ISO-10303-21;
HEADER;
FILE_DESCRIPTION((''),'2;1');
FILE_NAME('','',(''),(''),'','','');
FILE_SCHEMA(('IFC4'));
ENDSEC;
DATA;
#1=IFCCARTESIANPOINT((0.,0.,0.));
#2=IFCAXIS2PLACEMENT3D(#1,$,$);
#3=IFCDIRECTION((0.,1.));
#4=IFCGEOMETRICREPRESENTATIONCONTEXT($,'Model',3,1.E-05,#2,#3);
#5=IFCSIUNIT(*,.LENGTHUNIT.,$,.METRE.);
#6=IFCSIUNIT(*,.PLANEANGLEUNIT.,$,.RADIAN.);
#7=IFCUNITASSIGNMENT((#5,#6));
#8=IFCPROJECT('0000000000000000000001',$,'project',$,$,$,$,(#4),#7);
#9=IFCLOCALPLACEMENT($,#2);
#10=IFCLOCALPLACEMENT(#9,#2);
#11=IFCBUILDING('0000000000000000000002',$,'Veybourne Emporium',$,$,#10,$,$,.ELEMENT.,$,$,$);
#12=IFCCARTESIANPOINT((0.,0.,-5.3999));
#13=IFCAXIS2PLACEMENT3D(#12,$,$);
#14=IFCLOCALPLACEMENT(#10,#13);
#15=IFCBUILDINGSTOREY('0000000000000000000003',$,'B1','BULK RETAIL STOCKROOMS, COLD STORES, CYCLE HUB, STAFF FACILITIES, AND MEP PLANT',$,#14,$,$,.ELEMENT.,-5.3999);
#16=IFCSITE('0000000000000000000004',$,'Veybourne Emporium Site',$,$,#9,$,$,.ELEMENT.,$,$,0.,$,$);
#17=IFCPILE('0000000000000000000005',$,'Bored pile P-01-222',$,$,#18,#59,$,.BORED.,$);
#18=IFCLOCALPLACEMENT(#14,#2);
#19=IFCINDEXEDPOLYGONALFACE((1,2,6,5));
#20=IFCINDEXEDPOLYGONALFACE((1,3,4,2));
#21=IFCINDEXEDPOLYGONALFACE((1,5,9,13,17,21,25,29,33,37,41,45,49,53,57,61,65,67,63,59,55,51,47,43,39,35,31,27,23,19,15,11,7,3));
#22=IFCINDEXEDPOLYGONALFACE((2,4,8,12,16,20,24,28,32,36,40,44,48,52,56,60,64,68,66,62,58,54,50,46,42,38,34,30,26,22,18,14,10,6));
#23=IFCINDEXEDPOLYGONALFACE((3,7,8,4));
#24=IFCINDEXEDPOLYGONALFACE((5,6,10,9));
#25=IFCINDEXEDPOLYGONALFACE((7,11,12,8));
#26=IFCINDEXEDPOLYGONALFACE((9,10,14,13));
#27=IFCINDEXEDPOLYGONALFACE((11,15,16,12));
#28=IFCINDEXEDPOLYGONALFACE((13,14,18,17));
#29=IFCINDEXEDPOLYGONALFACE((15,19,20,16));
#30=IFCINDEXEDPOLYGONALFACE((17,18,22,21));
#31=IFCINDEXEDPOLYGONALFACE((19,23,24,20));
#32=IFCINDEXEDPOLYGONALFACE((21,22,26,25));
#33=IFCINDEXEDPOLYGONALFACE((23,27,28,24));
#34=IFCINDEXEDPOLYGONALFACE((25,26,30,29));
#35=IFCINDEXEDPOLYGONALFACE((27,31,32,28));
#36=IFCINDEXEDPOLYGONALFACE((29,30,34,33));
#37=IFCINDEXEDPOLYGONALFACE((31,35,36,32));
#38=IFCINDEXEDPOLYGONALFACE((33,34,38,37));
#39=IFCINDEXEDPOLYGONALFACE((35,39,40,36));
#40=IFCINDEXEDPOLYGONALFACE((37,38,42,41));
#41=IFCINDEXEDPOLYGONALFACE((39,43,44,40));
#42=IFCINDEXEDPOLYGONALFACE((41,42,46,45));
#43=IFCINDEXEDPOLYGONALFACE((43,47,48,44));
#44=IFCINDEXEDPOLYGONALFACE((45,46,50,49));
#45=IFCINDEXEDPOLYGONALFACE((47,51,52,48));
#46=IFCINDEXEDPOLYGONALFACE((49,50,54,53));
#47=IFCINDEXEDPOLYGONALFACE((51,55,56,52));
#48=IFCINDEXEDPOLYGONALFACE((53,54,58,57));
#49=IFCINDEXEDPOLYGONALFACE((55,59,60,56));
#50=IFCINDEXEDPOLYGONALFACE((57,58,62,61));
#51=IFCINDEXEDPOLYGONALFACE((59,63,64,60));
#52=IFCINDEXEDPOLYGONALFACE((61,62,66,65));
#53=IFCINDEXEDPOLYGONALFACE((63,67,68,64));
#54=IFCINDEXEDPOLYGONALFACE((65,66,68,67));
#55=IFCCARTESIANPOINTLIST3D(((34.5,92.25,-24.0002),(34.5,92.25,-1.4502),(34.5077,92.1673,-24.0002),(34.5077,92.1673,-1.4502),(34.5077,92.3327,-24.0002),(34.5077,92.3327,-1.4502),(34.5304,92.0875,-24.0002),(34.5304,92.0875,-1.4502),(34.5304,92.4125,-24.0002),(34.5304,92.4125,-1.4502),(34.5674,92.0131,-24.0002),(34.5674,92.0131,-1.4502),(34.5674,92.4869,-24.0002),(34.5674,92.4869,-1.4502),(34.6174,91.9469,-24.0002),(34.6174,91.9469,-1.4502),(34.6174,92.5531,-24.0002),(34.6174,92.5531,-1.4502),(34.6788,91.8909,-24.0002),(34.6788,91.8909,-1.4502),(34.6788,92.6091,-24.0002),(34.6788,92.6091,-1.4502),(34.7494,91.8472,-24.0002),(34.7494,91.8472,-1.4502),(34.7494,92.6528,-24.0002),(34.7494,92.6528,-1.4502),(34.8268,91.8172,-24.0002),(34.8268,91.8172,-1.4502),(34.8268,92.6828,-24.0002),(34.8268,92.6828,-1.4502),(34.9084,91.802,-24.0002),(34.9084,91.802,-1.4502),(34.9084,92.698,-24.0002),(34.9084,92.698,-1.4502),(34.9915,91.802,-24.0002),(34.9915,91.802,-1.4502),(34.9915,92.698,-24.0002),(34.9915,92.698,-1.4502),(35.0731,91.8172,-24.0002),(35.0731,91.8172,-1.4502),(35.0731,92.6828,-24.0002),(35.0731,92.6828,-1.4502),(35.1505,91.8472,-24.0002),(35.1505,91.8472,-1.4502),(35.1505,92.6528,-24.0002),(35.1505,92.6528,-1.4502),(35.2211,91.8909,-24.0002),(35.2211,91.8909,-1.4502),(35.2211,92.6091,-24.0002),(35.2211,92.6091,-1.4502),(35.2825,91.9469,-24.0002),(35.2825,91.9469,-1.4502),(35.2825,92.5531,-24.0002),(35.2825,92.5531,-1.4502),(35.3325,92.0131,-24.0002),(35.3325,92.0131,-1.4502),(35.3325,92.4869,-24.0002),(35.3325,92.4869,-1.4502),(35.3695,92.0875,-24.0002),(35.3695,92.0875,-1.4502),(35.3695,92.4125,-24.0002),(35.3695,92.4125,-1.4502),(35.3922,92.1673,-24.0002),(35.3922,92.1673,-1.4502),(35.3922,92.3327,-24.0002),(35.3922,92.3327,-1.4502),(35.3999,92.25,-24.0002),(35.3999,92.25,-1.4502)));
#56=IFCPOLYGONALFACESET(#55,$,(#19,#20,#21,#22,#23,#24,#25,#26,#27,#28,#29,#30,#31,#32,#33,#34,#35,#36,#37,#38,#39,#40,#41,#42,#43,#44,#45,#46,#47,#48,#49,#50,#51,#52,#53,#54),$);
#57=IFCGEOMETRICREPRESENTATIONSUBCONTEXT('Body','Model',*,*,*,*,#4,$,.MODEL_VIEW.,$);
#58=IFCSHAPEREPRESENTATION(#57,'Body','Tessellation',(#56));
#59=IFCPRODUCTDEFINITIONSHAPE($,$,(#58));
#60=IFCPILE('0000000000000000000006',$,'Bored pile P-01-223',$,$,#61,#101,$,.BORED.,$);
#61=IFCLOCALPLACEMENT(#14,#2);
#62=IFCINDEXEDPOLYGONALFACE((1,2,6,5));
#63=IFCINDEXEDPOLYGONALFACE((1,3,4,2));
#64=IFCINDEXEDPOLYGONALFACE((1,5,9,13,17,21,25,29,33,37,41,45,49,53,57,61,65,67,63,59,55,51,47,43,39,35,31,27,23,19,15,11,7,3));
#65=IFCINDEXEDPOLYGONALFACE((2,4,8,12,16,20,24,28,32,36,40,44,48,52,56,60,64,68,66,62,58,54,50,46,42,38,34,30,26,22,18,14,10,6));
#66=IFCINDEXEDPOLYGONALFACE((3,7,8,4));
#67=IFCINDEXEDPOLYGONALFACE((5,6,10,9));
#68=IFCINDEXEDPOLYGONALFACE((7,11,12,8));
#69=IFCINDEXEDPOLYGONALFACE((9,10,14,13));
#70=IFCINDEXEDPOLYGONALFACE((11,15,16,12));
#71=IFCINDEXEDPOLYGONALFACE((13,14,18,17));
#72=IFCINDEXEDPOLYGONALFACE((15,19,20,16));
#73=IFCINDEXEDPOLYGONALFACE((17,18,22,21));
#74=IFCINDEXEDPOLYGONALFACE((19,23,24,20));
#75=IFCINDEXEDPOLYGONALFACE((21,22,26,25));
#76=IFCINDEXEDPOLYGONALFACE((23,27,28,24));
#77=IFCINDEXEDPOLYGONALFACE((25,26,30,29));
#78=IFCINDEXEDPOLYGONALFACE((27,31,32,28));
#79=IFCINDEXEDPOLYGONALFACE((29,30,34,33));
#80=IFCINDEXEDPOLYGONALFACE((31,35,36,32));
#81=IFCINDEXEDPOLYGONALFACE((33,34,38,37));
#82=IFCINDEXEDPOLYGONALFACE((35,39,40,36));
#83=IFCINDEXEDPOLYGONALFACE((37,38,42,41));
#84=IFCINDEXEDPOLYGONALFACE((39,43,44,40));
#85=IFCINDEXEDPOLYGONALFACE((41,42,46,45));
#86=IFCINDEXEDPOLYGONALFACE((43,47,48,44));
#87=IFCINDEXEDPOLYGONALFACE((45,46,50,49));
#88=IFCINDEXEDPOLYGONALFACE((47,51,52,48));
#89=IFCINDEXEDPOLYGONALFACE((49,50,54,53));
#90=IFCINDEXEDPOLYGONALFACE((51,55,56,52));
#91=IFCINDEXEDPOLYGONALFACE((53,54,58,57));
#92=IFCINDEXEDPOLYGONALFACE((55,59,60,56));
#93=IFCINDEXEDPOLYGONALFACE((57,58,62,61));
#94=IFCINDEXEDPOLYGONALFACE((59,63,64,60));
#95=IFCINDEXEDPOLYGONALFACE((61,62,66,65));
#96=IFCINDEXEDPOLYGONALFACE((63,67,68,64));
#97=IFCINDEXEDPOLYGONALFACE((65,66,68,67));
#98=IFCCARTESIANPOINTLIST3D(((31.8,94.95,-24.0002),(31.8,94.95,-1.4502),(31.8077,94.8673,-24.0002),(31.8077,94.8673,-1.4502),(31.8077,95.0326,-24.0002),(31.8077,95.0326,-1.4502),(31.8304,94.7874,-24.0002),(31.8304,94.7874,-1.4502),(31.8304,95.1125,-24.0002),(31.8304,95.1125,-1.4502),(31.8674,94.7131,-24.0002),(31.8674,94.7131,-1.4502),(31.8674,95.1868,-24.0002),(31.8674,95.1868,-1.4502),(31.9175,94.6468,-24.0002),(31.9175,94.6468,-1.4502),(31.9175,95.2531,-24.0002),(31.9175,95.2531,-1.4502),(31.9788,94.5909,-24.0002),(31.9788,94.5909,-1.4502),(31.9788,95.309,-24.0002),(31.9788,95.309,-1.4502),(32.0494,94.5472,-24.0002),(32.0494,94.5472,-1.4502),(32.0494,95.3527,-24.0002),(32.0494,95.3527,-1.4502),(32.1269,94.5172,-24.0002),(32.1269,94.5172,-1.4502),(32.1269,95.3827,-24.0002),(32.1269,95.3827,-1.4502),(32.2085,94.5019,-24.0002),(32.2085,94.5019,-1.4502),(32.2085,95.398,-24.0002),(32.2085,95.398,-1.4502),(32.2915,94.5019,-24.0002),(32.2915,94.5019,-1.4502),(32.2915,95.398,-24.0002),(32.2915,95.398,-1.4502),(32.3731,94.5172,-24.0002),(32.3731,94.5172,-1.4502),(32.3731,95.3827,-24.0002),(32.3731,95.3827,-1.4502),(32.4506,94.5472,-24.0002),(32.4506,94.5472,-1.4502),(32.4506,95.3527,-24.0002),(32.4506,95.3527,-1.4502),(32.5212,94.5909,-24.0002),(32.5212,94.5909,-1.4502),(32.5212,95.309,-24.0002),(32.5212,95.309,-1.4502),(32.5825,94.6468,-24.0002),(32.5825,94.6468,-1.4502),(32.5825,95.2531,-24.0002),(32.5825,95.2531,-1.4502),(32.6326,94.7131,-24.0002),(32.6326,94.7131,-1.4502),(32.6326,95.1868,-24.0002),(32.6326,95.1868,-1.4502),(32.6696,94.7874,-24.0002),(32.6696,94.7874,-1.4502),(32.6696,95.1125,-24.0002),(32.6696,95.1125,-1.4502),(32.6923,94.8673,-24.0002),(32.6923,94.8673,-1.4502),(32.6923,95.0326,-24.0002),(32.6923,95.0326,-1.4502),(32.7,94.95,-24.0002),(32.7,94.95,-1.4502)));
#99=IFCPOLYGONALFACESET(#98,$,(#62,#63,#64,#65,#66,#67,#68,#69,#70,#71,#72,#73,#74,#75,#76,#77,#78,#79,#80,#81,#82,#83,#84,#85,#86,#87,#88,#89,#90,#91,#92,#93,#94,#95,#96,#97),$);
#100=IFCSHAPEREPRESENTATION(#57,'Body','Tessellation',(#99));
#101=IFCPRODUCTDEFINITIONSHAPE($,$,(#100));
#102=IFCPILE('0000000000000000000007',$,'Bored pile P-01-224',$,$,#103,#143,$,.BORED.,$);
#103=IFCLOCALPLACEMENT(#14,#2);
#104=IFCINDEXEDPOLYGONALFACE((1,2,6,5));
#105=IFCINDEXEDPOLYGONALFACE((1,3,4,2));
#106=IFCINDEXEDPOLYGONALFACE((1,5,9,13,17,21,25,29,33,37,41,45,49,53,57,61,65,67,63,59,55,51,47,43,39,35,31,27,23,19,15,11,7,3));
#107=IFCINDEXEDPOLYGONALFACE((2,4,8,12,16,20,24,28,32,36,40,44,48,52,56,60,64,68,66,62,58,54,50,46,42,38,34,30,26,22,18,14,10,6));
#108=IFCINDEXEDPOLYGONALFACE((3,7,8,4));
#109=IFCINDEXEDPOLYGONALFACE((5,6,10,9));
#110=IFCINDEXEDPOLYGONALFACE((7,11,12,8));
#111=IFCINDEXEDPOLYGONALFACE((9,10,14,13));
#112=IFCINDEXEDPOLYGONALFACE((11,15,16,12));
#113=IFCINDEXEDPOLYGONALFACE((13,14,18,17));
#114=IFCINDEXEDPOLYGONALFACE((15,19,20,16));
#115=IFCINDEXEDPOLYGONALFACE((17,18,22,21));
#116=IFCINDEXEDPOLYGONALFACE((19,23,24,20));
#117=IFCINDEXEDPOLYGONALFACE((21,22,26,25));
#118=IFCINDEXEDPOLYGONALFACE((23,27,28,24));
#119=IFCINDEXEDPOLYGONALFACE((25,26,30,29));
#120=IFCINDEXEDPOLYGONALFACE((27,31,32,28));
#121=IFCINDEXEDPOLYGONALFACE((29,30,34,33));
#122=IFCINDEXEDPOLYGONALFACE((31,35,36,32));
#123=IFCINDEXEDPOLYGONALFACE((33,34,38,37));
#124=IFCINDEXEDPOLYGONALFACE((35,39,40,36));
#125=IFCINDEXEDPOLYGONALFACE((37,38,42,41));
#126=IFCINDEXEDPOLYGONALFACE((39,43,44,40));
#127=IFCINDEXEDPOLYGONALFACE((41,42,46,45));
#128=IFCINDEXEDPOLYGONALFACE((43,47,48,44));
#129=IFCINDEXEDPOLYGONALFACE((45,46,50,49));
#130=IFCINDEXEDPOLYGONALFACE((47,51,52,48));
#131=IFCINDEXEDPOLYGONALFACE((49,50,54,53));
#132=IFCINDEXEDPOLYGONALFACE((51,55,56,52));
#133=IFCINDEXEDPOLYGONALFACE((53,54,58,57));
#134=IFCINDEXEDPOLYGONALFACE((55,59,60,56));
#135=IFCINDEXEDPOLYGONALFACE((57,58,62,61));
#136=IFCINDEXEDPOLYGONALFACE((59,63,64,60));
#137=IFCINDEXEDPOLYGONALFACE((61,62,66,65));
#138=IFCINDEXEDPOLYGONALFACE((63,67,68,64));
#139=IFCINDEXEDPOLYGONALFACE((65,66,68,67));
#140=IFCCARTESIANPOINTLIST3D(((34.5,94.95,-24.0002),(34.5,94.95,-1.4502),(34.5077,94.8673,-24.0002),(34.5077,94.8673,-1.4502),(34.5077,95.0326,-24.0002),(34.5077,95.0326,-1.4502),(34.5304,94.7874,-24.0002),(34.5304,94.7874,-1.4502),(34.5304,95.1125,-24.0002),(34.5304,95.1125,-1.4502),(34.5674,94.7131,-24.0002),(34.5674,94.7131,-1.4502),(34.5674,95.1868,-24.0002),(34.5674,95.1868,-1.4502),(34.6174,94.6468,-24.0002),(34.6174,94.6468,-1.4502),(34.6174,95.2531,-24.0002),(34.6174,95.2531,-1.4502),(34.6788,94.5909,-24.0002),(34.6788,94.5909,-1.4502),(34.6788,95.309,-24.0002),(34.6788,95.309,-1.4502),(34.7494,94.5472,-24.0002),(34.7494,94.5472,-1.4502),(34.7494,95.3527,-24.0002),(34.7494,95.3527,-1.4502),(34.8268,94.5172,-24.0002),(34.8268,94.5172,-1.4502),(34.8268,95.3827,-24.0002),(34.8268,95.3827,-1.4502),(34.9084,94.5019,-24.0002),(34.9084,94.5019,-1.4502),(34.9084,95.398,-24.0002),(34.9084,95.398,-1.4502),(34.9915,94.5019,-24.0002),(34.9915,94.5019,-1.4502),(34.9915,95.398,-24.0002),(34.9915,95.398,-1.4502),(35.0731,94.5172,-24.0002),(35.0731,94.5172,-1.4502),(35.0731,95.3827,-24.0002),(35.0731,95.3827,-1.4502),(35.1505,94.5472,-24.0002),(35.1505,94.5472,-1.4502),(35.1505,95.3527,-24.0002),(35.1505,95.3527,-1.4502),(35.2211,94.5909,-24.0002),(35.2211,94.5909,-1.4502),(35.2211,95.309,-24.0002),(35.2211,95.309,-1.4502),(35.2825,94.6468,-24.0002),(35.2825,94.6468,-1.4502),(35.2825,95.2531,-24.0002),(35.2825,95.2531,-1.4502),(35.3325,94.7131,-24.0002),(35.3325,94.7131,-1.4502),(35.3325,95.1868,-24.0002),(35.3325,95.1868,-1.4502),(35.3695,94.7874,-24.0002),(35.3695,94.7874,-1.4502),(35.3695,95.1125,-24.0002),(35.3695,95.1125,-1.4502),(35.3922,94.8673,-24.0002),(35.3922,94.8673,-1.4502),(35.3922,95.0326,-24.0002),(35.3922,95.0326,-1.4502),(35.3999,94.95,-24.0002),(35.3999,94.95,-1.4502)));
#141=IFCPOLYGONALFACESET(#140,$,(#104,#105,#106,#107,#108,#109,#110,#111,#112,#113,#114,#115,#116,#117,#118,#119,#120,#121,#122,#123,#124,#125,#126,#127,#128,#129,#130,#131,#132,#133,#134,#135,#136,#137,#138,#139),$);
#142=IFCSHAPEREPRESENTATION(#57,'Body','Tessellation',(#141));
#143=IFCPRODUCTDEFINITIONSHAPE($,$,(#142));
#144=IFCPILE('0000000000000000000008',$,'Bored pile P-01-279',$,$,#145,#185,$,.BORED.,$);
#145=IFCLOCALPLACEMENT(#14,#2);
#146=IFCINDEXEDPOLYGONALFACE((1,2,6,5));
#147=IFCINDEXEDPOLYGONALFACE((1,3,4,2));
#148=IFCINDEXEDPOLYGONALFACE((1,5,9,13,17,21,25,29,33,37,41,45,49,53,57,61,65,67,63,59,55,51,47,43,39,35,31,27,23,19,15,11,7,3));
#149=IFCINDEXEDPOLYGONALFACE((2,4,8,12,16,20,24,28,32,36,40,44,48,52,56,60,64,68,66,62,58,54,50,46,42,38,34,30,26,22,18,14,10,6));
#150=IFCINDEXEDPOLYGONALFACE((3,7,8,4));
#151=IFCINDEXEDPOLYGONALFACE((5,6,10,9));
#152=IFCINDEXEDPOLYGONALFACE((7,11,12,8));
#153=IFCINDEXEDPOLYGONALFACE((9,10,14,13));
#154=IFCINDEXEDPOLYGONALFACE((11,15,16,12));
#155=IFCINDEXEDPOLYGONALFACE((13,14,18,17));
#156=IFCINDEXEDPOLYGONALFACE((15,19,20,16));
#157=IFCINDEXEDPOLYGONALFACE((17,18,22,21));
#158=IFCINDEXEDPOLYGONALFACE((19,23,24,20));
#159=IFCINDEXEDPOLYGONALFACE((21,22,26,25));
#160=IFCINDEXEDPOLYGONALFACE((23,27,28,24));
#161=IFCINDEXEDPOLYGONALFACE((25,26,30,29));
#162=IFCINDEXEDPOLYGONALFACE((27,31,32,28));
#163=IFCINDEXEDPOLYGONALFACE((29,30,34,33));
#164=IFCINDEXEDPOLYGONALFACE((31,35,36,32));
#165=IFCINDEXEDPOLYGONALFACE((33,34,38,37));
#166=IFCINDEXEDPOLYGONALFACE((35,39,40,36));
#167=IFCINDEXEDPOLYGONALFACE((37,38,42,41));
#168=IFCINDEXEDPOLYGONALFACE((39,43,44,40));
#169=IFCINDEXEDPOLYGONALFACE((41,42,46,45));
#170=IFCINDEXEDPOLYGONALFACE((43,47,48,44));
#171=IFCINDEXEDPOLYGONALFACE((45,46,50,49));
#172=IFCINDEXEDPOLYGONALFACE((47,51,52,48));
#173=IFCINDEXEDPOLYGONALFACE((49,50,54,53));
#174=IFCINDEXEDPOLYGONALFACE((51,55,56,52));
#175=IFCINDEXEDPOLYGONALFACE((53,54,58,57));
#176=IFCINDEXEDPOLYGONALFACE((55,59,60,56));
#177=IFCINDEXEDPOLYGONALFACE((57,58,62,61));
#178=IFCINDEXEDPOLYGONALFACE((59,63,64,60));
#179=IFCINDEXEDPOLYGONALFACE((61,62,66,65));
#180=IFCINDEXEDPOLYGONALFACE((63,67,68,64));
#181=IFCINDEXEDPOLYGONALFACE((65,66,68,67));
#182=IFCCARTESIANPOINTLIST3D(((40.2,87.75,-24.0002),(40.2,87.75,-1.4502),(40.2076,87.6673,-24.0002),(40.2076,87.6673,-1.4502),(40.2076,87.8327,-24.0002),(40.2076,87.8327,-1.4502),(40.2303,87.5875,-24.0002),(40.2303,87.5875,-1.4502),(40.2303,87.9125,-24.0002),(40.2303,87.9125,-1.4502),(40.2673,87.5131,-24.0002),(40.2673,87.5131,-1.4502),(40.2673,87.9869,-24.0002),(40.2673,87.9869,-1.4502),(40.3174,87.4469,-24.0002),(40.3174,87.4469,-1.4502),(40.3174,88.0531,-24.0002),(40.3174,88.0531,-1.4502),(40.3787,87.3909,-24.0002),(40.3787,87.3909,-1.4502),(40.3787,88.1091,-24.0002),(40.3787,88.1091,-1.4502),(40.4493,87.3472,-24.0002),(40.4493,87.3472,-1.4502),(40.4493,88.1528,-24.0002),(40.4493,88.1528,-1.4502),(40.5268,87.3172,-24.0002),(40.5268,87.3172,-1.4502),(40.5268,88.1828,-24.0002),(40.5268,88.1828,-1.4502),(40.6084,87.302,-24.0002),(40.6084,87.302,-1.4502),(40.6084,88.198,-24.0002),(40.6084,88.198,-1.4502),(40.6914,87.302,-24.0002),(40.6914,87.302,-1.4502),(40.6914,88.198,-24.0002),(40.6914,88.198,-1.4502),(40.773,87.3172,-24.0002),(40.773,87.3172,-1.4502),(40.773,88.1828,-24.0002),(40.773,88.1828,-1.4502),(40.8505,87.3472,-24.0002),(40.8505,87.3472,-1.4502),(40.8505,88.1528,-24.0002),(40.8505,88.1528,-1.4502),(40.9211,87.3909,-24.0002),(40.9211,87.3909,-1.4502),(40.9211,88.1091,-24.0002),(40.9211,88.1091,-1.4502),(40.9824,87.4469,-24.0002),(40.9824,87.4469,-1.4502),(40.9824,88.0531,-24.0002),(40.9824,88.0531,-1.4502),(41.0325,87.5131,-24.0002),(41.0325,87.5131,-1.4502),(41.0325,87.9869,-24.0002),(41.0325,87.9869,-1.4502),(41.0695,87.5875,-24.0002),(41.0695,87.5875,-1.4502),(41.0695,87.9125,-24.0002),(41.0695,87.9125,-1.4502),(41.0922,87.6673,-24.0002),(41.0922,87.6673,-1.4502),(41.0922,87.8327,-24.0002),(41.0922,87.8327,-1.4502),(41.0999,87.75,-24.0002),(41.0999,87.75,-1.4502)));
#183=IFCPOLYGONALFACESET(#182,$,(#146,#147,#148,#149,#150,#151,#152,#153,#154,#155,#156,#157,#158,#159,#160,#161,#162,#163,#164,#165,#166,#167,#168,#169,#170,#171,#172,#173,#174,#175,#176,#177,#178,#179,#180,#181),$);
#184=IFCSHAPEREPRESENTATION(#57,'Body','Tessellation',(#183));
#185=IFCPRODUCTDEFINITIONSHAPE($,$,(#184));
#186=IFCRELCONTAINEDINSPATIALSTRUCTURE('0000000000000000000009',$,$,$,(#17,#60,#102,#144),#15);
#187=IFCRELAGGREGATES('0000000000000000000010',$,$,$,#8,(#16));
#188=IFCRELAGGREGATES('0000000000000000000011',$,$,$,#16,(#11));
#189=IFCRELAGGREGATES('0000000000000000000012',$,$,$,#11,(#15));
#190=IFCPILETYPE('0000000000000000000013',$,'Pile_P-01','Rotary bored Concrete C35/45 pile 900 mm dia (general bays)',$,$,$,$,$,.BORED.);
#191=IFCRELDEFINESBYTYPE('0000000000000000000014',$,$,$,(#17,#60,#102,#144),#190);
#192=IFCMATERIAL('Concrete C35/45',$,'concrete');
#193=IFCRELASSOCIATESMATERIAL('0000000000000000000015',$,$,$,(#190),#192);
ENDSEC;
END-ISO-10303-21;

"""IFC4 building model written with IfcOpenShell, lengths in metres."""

from ifc_helpers import new_model, si_unit, direction, frame, origin, origin_2d, place, context, subcontext, project, spatial, circle, extrude, material, material_profile, profile_set, type_object, element, save


model = new_model("IFC4")

# Units and contexts
model_context = context("Model", 3, precision=1e-05, world=origin(), true_north=direction((0.0, 1.0)))
body_context = subcontext(model_context, "Body", "Model", "MODEL_VIEW")
ifc_project = project(units=[si_unit("LENGTHUNIT", "METRE"), si_unit("PLANEANGLEUNIT", "RADIAN")], contexts=[model_context])

# Site, building, storey
site_placement = place(None, origin())
site = spatial("IfcSite", under=ifc_project, at=site_placement, Name="Veybourne Emporium Site", CompositionType="ELEMENT", RefElevation=0.0)
building_placement = place(site_placement, origin())
building = spatial("IfcBuilding", under=site, at=building_placement, Name="Veybourne Emporium", CompositionType="ELEMENT")
storey_placement = place(building_placement, frame((0.0, 0.0, -5.3999)))
storey = spatial("IfcBuildingStorey", under=building, at=storey_placement, Name="B1", Description="BULK RETAIL STOCKROOMS, COLD STORES, CYCLE HUB, STAFF FACILITIES, AND MEP PLANT", CompositionType="ELEMENT", Elevation=-5.3999)

# Shared definitions
ifc_material_1 = material(Name="Concrete C35/45", Category="concrete")

# Piles
ifc_material_profile_1 = material_profile(ifc_material_1, circle(Radius=0.45, at=origin_2d()), Name="BORED PILE 900")
ifc_profile_set_1 = profile_set([ifc_material_profile_1], Name="Concrete C35/45")
pile_type = type_object("IfcPileType", Name="Pile_P-01", Description="Rotary bored Concrete C35/45 pile 900 mm dia (general bays)", PredefinedType="BORED", material=ifc_profile_set_1)
for number, where, z_axis, x_axis, name in (
    (1, (34.95, 92.25, -1.4502), (0.0, 0.0, -1.0), (1.0, 0.0, 0.0), "Bored pile P-01-222"),
    (2, (32.25, 94.95, -1.4502), (0.0, 0.0, -1.0), (1.0, 0.0, 0.0), "Bored pile P-01-223"),
    (3, (34.95, 94.95, -1.4502), (0.0, 0.0, -1.0), (1.0, 0.0, 0.0), "Bored pile P-01-224"),
    (4, (40.6499, 87.75, -1.4502), (0.0, 0.0, -1.0), (1.0, 0.0, 0.0), "Bored pile P-01-279"),
):
    element("IfcPile", number, at=place(storey_placement, frame(where, z_axis=z_axis, x_axis=x_axis)), inside=storey, type_object=pile_type, Name=name, PredefinedType="BORED", context=body_context, shape_type="SweptSolid", body=[
        extrude(circle(Radius=0.45, at=origin_2d()), origin(), (0.0, 0.0, 1.0), 22.55),
    ])

save(model, "model.ifc")
